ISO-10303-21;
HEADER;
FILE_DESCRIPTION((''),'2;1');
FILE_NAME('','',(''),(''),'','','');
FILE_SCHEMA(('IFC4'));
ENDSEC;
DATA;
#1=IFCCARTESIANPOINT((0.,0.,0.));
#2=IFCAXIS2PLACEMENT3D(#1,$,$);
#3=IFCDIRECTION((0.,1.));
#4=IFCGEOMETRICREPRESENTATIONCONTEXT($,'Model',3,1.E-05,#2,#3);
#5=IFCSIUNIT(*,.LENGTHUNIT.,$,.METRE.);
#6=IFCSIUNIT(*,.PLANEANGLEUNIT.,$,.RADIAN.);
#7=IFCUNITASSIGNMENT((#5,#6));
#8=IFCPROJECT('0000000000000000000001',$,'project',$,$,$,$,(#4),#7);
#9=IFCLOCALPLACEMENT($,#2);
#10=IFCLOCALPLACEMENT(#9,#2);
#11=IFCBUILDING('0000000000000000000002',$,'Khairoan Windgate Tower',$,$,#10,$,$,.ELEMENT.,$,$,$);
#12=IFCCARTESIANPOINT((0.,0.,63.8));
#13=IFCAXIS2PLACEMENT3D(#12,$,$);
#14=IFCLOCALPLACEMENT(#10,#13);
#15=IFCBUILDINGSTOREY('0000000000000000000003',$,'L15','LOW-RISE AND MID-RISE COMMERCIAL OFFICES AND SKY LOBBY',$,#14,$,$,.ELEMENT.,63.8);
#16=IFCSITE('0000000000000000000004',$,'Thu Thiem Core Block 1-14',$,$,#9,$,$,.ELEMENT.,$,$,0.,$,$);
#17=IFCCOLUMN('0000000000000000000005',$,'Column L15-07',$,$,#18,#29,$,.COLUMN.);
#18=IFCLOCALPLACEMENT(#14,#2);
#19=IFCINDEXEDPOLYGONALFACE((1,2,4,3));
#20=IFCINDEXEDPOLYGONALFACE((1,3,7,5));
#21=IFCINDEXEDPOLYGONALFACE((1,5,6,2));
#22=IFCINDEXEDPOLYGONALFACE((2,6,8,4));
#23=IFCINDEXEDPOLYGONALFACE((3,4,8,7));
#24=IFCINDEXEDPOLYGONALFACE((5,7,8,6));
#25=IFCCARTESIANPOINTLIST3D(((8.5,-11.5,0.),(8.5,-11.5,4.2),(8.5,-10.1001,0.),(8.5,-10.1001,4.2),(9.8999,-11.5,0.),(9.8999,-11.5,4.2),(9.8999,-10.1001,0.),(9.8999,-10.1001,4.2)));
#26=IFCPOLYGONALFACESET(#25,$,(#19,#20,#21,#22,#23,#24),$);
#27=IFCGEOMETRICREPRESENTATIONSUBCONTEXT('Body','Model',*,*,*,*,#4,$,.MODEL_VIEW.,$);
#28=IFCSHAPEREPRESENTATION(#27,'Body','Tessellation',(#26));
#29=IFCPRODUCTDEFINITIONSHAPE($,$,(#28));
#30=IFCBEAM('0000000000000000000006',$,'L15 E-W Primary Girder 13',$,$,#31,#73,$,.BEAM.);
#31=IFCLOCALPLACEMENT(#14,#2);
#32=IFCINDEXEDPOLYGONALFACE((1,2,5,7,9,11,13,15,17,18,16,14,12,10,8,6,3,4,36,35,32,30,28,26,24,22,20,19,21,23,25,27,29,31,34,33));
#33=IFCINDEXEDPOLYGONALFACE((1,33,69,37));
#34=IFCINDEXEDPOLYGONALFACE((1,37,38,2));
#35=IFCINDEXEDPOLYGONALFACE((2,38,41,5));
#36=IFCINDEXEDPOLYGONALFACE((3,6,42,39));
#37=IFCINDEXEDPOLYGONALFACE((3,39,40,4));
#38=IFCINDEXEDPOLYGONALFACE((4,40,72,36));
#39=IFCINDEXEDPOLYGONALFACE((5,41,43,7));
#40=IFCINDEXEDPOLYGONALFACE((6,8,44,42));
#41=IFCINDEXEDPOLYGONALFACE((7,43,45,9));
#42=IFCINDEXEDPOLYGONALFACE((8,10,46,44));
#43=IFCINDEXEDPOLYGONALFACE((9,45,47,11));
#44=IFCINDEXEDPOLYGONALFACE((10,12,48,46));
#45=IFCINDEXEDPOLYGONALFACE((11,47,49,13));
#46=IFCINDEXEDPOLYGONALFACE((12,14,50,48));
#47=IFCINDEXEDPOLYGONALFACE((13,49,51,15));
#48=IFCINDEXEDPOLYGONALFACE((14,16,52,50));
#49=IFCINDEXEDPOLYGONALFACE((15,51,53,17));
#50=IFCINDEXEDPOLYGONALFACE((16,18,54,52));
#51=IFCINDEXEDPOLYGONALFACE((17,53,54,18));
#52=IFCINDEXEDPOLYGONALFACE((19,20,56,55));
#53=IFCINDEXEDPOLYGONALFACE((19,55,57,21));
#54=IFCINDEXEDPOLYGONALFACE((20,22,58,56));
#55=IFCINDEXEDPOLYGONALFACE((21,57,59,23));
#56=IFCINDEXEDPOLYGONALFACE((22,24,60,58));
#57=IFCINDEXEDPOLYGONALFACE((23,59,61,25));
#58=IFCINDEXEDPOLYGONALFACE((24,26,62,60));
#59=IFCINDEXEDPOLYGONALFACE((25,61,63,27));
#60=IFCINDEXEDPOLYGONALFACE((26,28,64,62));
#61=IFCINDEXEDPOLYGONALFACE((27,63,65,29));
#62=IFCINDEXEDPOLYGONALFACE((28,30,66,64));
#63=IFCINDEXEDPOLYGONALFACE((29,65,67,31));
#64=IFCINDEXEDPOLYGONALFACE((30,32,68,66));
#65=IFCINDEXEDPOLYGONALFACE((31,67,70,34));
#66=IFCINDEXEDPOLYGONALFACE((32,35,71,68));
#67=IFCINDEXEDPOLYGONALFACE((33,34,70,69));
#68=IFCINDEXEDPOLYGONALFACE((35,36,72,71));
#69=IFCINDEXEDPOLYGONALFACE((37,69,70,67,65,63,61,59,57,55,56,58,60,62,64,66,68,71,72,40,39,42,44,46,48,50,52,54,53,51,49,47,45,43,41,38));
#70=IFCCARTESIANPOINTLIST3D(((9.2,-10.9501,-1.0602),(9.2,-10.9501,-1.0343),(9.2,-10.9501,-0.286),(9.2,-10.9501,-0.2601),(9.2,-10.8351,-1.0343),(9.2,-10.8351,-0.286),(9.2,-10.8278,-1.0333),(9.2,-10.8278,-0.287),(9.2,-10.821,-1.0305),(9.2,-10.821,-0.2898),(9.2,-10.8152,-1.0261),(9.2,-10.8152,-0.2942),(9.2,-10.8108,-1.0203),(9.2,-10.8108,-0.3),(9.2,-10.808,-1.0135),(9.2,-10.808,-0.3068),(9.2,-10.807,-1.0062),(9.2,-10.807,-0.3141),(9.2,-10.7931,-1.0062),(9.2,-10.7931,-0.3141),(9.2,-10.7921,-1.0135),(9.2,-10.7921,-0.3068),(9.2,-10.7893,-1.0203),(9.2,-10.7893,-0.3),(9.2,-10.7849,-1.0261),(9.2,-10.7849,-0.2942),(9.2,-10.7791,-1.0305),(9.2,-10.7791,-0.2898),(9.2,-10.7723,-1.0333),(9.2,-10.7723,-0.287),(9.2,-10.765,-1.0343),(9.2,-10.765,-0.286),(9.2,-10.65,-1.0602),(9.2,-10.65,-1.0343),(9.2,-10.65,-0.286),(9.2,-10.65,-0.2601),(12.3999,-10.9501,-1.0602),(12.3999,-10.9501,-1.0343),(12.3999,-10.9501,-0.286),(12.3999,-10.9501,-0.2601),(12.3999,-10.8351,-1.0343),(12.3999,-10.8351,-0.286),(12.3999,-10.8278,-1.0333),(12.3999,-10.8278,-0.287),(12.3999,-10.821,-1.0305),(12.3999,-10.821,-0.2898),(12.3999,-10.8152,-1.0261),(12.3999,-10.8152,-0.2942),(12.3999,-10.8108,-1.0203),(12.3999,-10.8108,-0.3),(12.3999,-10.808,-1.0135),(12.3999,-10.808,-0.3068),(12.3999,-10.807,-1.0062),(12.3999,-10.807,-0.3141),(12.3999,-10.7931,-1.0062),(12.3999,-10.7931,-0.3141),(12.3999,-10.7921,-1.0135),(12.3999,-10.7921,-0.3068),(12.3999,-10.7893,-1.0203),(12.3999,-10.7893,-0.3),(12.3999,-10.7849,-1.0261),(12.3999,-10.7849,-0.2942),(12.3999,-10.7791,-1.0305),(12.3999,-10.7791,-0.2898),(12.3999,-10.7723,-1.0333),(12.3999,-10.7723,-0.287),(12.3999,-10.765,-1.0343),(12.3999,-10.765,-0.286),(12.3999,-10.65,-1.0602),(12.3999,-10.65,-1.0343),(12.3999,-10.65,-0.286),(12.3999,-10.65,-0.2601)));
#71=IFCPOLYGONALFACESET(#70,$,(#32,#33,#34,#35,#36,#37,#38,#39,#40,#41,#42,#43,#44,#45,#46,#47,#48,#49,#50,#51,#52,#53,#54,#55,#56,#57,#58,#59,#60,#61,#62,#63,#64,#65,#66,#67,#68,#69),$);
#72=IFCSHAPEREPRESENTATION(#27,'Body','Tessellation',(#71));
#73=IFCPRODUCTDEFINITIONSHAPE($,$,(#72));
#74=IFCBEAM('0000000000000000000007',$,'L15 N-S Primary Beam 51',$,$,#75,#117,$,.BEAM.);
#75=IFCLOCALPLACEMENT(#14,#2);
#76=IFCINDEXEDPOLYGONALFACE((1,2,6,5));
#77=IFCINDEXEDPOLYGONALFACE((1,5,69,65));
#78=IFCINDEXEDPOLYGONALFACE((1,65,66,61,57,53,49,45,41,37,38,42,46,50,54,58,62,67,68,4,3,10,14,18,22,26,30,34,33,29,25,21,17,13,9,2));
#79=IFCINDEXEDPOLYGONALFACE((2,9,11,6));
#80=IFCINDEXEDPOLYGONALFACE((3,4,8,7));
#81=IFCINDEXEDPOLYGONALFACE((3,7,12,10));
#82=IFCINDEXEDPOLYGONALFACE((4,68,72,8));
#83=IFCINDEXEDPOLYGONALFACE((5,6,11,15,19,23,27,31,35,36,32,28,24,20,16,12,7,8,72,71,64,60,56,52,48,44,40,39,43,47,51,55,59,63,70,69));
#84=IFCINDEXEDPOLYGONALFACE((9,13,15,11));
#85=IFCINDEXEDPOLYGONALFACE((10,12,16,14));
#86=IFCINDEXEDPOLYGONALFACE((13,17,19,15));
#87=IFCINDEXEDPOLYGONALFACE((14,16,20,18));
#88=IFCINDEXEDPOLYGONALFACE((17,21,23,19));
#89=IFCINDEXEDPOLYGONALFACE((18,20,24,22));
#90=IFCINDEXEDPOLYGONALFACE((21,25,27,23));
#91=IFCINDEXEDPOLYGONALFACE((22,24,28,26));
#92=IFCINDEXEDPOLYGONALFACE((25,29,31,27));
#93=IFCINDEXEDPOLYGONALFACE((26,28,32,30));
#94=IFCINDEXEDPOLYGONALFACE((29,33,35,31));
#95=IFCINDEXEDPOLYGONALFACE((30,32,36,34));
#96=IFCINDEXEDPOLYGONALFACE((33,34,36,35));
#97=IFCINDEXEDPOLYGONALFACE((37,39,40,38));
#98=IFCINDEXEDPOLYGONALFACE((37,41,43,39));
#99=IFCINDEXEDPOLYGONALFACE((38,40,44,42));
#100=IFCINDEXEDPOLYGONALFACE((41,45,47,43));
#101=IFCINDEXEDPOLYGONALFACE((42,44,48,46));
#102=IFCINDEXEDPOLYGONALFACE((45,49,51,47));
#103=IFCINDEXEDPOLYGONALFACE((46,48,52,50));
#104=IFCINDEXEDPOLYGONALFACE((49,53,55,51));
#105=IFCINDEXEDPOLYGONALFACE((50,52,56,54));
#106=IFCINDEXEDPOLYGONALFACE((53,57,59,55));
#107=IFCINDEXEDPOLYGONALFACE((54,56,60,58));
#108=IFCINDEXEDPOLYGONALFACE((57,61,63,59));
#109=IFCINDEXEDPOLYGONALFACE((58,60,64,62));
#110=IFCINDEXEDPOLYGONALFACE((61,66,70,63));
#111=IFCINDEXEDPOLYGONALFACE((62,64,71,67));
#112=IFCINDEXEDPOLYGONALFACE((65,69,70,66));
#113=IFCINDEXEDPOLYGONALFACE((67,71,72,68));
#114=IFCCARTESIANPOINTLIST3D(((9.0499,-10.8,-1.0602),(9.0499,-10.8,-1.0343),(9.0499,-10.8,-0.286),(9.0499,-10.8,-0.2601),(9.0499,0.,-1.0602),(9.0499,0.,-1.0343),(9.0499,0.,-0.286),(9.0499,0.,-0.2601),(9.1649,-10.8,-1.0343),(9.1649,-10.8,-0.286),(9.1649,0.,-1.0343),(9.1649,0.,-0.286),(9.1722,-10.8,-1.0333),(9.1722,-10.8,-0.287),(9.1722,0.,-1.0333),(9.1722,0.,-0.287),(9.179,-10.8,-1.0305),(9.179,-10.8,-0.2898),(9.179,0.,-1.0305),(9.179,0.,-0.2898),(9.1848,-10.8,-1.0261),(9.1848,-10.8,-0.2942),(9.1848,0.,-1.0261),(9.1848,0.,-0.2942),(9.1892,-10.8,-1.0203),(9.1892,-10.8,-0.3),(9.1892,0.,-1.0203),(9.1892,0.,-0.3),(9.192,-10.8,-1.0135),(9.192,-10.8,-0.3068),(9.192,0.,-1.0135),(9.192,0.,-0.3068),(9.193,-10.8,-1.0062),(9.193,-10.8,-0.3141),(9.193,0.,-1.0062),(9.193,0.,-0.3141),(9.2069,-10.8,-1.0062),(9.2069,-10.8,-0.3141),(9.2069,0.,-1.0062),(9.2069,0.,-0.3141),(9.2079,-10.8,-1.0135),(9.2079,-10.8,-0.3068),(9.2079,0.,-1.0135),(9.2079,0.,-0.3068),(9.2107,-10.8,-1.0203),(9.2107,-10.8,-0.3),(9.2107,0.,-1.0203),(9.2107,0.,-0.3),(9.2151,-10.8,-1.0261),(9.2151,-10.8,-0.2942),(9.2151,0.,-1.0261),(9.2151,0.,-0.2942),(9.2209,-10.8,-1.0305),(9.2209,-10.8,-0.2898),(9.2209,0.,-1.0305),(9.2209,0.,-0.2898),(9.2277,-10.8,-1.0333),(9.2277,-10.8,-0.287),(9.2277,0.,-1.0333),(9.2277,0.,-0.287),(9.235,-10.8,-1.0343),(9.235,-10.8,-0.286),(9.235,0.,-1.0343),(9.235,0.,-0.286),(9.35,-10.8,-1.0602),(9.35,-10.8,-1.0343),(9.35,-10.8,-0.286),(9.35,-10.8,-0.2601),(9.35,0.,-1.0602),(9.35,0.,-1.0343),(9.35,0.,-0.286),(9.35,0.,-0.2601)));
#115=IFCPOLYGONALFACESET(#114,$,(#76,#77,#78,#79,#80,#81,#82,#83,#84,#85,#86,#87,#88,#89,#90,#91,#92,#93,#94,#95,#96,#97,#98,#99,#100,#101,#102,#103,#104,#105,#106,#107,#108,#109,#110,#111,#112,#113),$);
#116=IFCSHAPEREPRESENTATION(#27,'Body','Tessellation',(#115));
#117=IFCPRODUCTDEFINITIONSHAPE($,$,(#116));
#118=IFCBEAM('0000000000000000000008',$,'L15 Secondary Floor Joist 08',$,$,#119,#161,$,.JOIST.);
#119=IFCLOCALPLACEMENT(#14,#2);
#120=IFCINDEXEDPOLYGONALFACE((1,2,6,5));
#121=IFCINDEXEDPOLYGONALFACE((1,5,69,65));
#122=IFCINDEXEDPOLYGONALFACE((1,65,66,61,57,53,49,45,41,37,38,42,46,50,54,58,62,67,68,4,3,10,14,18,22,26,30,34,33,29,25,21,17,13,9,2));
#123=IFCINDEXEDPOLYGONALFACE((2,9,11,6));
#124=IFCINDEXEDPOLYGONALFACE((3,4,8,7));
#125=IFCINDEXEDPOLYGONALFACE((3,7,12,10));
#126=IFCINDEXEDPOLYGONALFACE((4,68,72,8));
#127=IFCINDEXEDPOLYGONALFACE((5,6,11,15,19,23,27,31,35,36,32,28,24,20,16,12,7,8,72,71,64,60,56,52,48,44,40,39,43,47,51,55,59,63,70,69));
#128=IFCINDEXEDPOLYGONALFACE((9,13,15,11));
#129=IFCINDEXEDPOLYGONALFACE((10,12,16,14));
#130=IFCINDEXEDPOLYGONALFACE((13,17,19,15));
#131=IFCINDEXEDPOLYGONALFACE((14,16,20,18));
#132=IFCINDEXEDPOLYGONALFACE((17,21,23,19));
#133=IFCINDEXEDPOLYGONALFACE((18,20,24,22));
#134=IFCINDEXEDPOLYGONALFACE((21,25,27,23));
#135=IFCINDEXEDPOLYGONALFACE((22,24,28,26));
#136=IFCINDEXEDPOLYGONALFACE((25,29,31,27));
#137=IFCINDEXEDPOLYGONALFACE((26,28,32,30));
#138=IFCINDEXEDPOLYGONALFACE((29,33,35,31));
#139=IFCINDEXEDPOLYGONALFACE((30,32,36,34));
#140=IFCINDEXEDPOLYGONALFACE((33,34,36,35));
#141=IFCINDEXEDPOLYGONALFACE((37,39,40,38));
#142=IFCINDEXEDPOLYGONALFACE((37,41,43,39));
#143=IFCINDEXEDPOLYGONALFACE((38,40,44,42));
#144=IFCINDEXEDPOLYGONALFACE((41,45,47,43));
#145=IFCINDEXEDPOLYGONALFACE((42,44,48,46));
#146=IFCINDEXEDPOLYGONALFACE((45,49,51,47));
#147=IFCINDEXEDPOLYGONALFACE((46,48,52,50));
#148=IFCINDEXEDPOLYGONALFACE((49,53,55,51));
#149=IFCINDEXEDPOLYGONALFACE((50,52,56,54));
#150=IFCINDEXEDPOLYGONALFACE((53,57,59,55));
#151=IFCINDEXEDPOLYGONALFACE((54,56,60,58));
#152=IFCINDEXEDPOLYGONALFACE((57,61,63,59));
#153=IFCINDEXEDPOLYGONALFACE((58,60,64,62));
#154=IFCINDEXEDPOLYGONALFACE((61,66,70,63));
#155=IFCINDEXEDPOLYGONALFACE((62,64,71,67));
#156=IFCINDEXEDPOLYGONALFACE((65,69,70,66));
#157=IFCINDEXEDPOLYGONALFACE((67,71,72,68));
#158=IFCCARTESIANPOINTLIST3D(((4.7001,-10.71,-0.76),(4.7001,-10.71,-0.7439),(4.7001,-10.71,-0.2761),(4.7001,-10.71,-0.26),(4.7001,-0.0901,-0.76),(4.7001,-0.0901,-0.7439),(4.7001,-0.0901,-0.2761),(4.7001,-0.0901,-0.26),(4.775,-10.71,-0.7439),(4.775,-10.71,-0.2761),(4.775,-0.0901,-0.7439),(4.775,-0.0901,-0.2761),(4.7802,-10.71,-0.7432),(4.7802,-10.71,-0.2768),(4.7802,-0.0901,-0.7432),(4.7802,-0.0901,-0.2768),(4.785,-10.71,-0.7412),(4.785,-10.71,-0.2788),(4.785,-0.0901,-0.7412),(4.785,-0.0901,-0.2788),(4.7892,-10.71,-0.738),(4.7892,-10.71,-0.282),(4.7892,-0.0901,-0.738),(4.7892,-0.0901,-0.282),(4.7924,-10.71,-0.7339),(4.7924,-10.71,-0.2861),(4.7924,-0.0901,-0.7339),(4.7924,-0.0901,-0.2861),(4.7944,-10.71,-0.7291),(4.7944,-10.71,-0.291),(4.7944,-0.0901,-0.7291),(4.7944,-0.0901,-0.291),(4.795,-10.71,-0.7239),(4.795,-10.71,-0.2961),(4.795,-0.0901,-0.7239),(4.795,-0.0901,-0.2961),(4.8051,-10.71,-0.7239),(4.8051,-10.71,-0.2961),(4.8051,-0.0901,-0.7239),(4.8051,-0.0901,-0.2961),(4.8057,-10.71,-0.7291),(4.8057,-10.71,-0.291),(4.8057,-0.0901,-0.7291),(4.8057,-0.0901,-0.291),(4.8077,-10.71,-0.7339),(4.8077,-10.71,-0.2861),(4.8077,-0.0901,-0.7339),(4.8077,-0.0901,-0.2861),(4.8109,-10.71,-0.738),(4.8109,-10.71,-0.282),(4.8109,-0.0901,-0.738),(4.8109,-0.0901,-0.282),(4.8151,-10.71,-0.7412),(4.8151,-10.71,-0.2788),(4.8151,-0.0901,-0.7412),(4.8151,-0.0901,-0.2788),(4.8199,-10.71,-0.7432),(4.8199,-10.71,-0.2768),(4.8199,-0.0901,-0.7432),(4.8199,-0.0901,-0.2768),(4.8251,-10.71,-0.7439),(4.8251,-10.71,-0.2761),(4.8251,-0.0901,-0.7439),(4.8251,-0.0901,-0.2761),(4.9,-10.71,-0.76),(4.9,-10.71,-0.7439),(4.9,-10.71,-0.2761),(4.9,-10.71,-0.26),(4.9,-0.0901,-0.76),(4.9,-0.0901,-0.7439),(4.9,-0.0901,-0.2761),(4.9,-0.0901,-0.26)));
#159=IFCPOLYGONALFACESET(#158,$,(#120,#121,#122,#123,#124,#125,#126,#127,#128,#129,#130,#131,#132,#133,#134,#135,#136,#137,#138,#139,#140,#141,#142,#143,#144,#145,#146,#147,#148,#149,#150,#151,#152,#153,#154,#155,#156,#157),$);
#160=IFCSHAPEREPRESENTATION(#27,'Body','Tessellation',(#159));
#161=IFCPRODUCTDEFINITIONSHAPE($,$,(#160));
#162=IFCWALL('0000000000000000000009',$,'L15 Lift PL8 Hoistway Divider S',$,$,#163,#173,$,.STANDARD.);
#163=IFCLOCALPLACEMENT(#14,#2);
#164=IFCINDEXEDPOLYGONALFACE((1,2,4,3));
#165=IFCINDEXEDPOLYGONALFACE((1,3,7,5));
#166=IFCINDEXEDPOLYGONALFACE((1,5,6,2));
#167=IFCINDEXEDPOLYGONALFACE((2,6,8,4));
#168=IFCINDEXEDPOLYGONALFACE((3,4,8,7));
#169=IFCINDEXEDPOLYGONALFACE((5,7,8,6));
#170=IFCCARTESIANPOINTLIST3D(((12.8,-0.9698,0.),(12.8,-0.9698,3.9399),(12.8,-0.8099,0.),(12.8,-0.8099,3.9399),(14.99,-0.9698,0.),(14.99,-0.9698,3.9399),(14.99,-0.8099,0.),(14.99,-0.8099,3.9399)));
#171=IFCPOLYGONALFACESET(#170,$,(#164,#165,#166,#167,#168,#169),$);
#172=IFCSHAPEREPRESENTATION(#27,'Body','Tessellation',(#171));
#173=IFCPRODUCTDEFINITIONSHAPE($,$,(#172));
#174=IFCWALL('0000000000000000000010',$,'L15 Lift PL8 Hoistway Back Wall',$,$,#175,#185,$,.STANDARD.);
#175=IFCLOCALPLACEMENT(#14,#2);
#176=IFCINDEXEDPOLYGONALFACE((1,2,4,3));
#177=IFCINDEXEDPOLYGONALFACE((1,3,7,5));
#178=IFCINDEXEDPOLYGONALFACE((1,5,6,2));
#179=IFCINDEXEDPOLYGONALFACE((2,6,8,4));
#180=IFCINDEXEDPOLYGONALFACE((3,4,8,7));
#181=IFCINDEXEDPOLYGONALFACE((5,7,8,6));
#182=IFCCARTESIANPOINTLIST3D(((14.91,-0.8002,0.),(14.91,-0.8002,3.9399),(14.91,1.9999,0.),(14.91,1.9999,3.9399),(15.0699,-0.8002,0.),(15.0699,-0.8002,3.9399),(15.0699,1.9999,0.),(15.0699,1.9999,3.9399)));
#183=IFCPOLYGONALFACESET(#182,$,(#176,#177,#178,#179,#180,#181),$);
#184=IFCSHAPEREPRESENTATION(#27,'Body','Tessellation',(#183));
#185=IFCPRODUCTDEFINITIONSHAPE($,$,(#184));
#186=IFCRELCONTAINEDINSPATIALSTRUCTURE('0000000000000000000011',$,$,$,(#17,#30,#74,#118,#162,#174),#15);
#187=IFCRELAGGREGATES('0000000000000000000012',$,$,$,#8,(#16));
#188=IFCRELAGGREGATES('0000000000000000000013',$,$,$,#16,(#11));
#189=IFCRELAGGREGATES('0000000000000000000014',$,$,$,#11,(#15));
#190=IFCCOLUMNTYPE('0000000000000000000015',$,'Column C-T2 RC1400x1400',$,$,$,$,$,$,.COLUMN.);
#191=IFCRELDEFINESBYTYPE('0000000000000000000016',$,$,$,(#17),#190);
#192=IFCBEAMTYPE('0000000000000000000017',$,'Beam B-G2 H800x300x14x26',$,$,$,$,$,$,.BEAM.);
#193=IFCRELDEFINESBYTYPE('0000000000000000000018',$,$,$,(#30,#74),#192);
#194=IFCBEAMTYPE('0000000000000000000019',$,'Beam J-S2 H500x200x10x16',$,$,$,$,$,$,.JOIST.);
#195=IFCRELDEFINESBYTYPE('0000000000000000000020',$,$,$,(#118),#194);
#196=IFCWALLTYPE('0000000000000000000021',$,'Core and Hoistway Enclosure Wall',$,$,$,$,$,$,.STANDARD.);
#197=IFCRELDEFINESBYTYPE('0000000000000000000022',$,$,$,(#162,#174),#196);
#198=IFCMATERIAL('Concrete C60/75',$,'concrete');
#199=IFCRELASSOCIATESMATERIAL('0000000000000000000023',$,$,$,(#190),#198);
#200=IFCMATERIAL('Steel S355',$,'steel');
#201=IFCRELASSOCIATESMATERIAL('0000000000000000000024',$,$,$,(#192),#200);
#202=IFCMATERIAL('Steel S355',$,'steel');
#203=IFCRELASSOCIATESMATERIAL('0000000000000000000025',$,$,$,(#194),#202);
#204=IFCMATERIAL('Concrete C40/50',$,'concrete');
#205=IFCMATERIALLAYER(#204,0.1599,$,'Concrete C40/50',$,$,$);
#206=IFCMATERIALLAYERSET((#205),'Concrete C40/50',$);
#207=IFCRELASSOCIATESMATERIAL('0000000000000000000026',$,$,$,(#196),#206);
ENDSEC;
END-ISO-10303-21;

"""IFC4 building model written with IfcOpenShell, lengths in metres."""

from ifc_helpers import new_model, si_unit, direction, frame, frame_2d, origin, origin_2d, place, context, subcontext, project, spatial, rectangle, i_section, extrude, material, layer, layer_set, material_profile, profile_set, type_object, element, save


model = new_model("IFC4")

# Units and contexts
model_context = context("Model", 3, precision=1e-05, world=origin(), true_north=direction((0.0, 1.0)))
body_context = subcontext(model_context, "Body", "Model", "MODEL_VIEW")
ifc_project = project(units=[si_unit("LENGTHUNIT", "METRE"), si_unit("PLANEANGLEUNIT", "RADIAN")], contexts=[model_context])

# Site, building, storey
site_placement = place(None, origin())
site = spatial("IfcSite", under=ifc_project, at=site_placement, Name="Thu Thiem Core Block 1-14", CompositionType="ELEMENT", RefElevation=0.0)
building_placement = place(site_placement, origin())
building = spatial("IfcBuilding", under=site, at=building_placement, Name="Khairoan Windgate Tower", CompositionType="ELEMENT")
storey_placement = place(building_placement, frame((0.0, 0.0, 63.8)))
storey = spatial("IfcBuildingStorey", under=building, at=storey_placement, Name="L15", Description="LOW-RISE AND MID-RISE COMMERCIAL OFFICES AND SKY LOBBY", CompositionType="ELEMENT", Elevation=63.8)

# Column
ifc_material_1 = material(Name="Concrete C60/75", Category="concrete")
ifc_material_profile_1 = material_profile(ifc_material_1, rectangle(XDim=1.3999, YDim=1.3999, at=origin_2d()))
ifc_profile_set_1 = profile_set([ifc_material_profile_1], Name="Concrete C60/75")
column_type = type_object("IfcColumnType", Name="Column C-T2 RC1400x1400", PredefinedType="COLUMN", material=ifc_profile_set_1)
column_placement = place(storey_placement, frame((9.2, -10.8, 0.0), z_axis=(0.0, 0.0, 1.0), x_axis=(1.0, 0.0, 0.0)))
element("IfcColumn", 1, at=column_placement, inside=storey, type_object=column_type, Name="Column L15-07", PredefinedType="COLUMN", context=body_context, shape_type="SweptSolid", body=[
    extrude(rectangle(XDim=1.3999, YDim=1.3999, at=origin_2d()), origin(), (0.0, 0.0, 1.0), 4.2),
])

# Beams
ifc_material_2 = material(Name="Steel S355", Category="steel")
ifc_material_profile_2 = material_profile(ifc_material_2, i_section(OverallWidth=0.3, OverallDepth=0.8, WebThickness=0.0139, FlangeThickness=0.0259, FilletRadius=0.0281, at=origin_2d()))
ifc_profile_set_2 = profile_set([ifc_material_profile_2], Name="Steel S355")
beam_type_1 = type_object("IfcBeamType", Name="Beam B-G2 H800x300x14x26", PredefinedType="BEAM", material=ifc_profile_set_2)
beam_1_placement = place(storey_placement, frame((9.2, -10.8, -0.6602), z_axis=(1.0, 0.0, 0.0), x_axis=(0.0, 1.0, 0.0)))
element("IfcBeam", 2, at=beam_1_placement, inside=storey, type_object=beam_type_1, Name="L15 E-W Primary Girder 13", PredefinedType="BEAM", context=body_context, shape_type="SweptSolid", body=[
    extrude(i_section(OverallWidth=0.3, OverallDepth=0.8, WebThickness=0.0139, FlangeThickness=0.0259, FilletRadius=0.0281, at=origin_2d()), origin(), (0.0, 0.0, 1.0), 3.2),
])
beam_2_placement = place(storey_placement, frame((9.2, -10.8, -0.6602), z_axis=(0.0, 1.0, 0.0), x_axis=(-1.0, 0.0, 0.0)))
element("IfcBeam", 3, at=beam_2_placement, inside=storey, type_object=beam_type_1, Name="L15 N-S Primary Beam 51", PredefinedType="BEAM", context=body_context, shape_type="SweptSolid", body=[
    extrude(i_section(OverallWidth=0.3, OverallDepth=0.8, WebThickness=0.0139, FlangeThickness=0.0259, FilletRadius=0.0281, at=origin_2d()), origin(), (0.0, 0.0, 1.0), 10.8),
])
ifc_material_3 = material(Name="Steel S355", Category="steel")
ifc_material_profile_3 = material_profile(ifc_material_3, i_section(OverallWidth=0.2, OverallDepth=0.5, WebThickness=0.01, FlangeThickness=0.0161, FilletRadius=0.02, at=origin_2d()))
ifc_profile_set_3 = profile_set([ifc_material_profile_3], Name="Steel S355")
beam_type_2 = type_object("IfcBeamType", Name="Beam J-S2 H500x200x10x16", PredefinedType="JOIST", material=ifc_profile_set_3)
beam_3_placement = place(storey_placement, frame((4.8, -10.71, -0.51), z_axis=(0.0, 1.0, 0.0), x_axis=(-1.0, 0.0, 0.0)))
element("IfcBeam", 4, at=beam_3_placement, inside=storey, type_object=beam_type_2, Name="L15 Secondary Floor Joist 08", PredefinedType="JOIST", context=body_context, shape_type="SweptSolid", body=[
    extrude(i_section(OverallWidth=0.2, OverallDepth=0.5, WebThickness=0.01, FlangeThickness=0.0161, FilletRadius=0.02, at=origin_2d()), origin(), (0.0, 0.0, 1.0), 10.6199),
])

# Walls
ifc_material_4 = material(Name="Concrete C40/50", Category="concrete")
ifc_layer = layer(ifc_material_4, 0.1599, Name="Concrete C40/50")
ifc_layer_set = layer_set([ifc_layer], Name="Concrete C40/50")
wall_type = type_object("IfcWallType", Name="Core and Hoistway Enclosure Wall", PredefinedType="STANDARD", material=ifc_layer_set)
wall_1_placement = place(storey_placement, frame((12.8, -0.8899, 0.0), z_axis=(0.0, 0.0, 1.0), x_axis=(1.0, 0.0, 0.0)))
element("IfcWall", 5, at=wall_1_placement, inside=storey, type_object=wall_type, Name="L15 Lift PL8 Hoistway Divider S", PredefinedType="STANDARD", context=body_context, shape_type="SweptSolid", body=[
    extrude(rectangle(XDim=2.1899, YDim=0.1599, at=frame_2d((1.095, 0.0))), origin(), (0.0, 0.0, 1.0), 3.9399),
])
wall_2_placement = place(storey_placement, frame((14.99, -0.8, 0.0), z_axis=(0.0, 0.0, 1.0), x_axis=(0.0, 1.0, 0.0)))
element("IfcWall", 6, at=wall_2_placement, inside=storey, type_object=wall_type, Name="L15 Lift PL8 Hoistway Back Wall", PredefinedType="STANDARD", context=body_context, shape_type="SweptSolid", body=[
    extrude(rectangle(XDim=2.8, YDim=0.1599, at=frame_2d((1.3999, 0.0))), origin(), (0.0, 0.0, 1.0), 3.9399),
])

save(model, "model.ifc")
